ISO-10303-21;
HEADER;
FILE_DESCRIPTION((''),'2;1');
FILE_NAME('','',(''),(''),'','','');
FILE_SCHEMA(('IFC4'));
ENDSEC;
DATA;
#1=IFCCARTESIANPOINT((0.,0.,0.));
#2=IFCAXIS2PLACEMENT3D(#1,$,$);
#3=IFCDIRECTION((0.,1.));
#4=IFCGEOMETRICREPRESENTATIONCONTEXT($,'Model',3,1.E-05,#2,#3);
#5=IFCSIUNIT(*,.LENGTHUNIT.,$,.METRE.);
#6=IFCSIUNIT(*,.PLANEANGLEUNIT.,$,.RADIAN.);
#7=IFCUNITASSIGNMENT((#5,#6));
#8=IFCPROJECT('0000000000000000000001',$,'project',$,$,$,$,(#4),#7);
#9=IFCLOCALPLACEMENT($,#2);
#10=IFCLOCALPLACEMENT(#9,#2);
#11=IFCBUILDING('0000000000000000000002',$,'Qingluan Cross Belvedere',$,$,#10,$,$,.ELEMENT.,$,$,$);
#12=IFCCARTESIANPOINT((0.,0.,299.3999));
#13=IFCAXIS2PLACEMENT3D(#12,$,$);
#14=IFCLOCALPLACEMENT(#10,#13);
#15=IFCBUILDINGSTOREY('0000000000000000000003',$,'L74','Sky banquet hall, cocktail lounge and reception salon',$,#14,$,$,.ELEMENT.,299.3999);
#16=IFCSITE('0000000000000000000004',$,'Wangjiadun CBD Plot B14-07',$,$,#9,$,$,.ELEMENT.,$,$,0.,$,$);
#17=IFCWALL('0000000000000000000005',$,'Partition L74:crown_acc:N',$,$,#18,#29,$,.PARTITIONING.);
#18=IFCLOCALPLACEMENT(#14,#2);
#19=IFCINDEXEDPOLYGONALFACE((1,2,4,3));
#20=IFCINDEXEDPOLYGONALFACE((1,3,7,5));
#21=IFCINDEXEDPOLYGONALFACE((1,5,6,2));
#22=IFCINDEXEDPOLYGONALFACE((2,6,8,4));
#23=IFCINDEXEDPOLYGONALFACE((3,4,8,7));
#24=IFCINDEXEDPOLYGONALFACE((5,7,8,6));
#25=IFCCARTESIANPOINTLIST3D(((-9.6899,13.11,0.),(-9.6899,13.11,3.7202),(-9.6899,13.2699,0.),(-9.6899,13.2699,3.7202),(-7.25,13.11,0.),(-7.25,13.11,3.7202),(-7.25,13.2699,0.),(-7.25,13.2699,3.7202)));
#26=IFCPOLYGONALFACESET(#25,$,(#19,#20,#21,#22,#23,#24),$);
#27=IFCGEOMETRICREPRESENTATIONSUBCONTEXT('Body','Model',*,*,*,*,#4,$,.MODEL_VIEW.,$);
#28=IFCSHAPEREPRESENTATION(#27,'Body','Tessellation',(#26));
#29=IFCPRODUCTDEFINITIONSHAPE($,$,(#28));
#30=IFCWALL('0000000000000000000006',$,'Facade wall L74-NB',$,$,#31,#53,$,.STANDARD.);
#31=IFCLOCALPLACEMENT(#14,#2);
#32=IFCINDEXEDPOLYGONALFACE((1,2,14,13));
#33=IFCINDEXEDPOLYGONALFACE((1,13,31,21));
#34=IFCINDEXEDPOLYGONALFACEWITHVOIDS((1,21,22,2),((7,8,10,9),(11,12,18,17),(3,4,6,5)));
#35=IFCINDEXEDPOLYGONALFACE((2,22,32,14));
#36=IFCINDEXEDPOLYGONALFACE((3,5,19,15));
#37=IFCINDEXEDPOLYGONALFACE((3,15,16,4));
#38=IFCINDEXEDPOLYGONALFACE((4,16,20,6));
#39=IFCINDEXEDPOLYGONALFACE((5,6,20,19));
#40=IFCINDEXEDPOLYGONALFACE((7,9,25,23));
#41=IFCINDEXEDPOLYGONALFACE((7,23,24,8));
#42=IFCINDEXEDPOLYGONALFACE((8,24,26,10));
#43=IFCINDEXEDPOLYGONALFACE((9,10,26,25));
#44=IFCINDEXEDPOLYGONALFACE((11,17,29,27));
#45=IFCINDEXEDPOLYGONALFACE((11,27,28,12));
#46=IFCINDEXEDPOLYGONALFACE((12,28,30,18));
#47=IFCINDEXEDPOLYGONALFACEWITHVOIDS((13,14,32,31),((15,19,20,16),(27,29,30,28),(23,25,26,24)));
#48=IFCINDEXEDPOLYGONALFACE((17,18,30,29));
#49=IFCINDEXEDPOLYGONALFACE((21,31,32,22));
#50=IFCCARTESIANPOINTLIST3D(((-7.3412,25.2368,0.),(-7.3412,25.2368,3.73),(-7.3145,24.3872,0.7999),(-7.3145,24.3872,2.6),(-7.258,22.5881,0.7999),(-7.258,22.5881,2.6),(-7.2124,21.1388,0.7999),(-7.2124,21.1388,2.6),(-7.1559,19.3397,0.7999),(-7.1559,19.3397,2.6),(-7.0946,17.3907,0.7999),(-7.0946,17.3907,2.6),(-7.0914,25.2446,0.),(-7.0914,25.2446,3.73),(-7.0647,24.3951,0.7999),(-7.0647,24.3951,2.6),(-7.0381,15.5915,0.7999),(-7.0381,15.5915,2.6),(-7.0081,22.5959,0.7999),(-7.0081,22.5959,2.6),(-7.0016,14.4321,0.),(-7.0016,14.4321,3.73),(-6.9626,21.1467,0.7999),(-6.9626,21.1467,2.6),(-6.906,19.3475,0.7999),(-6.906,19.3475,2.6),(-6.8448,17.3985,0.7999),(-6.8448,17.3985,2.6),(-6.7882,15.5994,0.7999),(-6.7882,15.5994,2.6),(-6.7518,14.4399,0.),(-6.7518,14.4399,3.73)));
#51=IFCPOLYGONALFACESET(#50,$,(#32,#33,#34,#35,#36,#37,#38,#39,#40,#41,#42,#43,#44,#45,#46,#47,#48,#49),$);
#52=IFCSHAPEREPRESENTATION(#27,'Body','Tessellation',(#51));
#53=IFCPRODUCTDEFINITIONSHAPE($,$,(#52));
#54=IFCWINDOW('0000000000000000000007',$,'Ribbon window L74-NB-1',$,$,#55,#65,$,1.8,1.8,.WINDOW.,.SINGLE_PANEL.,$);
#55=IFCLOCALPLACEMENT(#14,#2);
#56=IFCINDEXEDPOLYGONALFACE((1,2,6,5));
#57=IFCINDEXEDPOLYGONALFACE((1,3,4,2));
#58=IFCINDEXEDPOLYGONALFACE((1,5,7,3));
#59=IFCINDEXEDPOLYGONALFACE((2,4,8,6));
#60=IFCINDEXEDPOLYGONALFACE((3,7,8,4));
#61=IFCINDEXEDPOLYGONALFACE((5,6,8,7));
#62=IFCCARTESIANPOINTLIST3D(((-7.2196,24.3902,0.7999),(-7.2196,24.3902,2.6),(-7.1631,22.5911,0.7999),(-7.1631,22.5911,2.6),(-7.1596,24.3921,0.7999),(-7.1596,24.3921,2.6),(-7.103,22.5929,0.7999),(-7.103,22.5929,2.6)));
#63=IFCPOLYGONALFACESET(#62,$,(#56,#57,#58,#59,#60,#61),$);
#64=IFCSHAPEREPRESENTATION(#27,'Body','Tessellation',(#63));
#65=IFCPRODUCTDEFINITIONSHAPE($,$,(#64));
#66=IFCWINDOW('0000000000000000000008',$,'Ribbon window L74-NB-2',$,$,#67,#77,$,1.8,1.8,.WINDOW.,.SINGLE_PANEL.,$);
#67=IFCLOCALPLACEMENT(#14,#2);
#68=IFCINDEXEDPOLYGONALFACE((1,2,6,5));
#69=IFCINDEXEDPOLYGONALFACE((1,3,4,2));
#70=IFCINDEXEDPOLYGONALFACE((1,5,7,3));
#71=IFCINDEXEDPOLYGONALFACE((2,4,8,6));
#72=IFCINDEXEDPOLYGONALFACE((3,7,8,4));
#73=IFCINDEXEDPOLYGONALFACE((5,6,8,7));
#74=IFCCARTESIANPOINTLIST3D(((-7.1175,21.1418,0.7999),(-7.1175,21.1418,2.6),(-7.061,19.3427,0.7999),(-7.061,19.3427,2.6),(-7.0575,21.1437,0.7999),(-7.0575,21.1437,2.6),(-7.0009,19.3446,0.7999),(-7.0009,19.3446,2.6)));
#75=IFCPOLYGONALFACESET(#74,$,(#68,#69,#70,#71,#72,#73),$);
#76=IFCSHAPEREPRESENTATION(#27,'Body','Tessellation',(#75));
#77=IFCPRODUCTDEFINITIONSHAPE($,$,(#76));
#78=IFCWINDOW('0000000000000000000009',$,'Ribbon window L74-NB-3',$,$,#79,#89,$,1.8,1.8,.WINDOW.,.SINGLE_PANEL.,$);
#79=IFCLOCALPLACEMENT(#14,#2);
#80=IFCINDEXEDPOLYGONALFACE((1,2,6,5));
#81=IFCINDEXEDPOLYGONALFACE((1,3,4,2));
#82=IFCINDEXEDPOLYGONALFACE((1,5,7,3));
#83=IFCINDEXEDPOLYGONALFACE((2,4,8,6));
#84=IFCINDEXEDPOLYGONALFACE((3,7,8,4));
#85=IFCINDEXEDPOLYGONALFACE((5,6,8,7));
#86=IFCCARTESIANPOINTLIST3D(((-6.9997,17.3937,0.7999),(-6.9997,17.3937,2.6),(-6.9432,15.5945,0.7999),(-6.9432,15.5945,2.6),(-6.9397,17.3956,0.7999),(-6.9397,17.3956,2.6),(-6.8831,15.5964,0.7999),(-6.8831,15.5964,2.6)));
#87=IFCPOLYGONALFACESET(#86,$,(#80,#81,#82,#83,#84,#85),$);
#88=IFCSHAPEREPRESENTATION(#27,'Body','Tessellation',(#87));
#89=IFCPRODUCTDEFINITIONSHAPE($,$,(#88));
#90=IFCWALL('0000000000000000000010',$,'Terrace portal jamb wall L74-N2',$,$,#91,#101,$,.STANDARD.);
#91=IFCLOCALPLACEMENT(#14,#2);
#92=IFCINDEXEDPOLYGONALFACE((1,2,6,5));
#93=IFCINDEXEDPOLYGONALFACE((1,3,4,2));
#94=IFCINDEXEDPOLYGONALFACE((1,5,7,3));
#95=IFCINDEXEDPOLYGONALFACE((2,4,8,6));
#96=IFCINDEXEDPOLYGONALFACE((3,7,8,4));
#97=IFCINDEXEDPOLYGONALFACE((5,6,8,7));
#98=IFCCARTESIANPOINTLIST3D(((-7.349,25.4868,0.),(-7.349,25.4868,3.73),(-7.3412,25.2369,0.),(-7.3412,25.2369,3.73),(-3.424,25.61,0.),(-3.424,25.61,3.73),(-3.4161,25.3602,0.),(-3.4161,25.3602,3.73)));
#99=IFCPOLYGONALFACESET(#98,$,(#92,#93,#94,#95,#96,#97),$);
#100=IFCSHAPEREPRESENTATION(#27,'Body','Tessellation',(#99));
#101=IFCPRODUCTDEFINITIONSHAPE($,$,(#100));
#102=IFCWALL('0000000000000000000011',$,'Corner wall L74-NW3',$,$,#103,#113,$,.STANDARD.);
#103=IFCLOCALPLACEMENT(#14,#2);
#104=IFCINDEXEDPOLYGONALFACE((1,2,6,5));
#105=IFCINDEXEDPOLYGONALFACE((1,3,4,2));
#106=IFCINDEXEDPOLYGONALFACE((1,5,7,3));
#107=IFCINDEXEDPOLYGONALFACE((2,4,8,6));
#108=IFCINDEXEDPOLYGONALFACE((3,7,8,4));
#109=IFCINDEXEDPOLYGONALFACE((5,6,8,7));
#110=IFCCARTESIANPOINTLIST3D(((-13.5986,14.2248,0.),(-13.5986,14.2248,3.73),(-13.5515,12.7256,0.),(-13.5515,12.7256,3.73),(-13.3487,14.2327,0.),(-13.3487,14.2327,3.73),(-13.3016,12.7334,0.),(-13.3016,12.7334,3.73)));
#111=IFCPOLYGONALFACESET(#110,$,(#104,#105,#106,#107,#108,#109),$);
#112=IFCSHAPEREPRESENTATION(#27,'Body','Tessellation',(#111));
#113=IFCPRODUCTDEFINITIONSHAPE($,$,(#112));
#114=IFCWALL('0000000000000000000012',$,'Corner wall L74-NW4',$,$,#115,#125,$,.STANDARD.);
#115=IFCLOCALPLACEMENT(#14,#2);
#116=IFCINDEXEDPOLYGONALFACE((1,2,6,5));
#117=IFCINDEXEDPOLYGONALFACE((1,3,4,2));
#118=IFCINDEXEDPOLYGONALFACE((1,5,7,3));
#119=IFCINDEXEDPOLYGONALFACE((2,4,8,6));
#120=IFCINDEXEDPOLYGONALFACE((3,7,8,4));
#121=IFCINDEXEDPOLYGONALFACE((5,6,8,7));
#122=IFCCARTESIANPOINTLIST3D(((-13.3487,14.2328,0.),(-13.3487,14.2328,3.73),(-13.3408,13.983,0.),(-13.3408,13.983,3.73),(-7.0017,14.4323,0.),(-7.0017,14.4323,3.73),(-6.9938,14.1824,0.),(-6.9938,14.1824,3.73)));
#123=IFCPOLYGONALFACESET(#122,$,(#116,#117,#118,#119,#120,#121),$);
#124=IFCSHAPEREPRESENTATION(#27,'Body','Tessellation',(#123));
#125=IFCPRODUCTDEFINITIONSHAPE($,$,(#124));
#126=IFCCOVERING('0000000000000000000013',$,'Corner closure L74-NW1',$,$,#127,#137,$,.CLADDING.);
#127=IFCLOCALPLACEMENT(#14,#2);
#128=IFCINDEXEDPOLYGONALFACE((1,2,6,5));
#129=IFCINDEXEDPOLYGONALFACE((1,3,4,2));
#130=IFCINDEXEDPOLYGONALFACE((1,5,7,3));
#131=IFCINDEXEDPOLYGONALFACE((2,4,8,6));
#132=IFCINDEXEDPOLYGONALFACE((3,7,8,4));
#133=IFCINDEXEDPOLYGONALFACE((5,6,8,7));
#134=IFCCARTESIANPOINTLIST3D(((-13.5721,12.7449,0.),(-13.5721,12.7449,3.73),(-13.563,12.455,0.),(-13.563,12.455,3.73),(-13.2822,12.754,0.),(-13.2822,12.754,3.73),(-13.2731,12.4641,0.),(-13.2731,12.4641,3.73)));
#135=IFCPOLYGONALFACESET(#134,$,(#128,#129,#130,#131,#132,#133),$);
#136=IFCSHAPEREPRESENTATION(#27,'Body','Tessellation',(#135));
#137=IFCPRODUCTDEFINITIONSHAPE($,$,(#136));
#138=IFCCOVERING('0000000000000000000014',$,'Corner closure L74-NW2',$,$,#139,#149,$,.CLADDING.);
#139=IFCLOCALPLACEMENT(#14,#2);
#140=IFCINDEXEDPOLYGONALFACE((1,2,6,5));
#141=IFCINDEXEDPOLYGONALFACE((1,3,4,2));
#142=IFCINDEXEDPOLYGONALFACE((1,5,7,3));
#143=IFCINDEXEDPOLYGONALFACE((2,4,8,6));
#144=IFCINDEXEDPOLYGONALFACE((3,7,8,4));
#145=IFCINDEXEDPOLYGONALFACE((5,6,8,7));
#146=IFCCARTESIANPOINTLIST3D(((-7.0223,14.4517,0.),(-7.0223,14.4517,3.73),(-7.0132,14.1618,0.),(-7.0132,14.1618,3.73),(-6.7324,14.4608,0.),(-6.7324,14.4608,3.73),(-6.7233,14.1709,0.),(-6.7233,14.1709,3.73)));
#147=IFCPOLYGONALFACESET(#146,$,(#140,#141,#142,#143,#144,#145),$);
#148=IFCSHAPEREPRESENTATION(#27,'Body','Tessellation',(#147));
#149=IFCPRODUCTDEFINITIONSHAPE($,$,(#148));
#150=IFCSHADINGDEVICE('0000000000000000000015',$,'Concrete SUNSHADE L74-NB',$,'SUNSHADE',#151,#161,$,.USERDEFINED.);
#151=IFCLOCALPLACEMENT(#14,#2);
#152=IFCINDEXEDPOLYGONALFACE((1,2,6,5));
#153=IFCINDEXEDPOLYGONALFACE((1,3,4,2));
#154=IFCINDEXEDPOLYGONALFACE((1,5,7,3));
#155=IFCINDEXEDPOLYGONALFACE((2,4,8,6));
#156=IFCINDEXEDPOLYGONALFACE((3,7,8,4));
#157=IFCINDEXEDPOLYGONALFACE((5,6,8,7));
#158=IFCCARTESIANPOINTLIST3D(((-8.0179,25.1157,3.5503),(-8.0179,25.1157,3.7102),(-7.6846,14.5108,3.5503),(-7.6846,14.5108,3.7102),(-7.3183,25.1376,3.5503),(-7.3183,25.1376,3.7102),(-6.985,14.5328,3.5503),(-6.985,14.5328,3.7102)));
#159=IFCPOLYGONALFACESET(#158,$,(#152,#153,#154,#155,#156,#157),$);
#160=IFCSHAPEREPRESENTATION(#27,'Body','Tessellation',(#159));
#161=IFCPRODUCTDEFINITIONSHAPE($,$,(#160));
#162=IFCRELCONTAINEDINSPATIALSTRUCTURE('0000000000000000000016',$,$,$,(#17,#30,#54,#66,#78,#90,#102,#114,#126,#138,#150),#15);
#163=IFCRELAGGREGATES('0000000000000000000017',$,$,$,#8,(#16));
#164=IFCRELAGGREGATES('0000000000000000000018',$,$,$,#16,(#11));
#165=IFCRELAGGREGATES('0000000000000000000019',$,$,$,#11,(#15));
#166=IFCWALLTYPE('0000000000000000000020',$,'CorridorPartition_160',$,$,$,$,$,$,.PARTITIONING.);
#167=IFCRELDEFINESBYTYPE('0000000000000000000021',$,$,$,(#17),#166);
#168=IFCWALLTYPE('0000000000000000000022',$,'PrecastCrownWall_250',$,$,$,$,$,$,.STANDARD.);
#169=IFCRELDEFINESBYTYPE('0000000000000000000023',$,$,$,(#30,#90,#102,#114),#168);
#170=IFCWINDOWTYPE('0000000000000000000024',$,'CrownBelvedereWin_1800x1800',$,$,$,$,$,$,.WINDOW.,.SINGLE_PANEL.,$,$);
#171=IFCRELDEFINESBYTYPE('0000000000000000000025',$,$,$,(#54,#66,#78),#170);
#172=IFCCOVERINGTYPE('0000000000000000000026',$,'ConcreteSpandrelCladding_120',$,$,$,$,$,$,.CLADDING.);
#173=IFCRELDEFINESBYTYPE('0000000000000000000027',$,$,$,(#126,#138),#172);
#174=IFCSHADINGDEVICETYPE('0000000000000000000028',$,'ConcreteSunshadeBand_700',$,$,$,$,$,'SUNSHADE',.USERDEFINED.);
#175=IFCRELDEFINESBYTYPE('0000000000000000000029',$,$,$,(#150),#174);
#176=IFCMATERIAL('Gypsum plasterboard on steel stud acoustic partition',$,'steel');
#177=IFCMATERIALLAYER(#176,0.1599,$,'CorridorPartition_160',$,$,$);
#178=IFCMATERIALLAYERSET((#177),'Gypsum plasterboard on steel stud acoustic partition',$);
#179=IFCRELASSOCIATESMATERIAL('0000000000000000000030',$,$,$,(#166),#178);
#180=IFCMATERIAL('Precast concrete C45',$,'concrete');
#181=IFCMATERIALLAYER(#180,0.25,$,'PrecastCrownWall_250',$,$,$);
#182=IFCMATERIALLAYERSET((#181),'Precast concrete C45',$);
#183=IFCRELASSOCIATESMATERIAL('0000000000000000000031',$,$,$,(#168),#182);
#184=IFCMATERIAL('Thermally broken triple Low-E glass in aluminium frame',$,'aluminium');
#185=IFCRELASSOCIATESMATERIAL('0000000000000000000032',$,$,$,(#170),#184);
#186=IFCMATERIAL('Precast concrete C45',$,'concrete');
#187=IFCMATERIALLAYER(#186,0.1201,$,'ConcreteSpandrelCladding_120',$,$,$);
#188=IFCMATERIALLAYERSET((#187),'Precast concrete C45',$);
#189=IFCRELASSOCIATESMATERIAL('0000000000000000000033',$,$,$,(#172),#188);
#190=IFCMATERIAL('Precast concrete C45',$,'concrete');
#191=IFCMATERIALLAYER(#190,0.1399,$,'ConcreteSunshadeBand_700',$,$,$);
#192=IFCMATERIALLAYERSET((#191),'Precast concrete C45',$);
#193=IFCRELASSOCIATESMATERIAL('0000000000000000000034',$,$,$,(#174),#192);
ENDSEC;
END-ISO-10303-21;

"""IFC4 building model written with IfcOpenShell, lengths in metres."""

from ifc_helpers import new_model, si_unit, direction, frame, frame_2d, origin, origin_2d, place, context, subcontext, project, spatial, rectangle, extrude, material, layer, layer_set, type_object, element, fill, save


model = new_model("IFC4")

# Units and contexts
model_context = context("Model", 3, precision=1e-05, world=origin(), true_north=direction((0.0, 1.0)))
body_context = subcontext(model_context, "Body", "Model", "MODEL_VIEW")
ifc_project = project(units=[si_unit("LENGTHUNIT", "METRE"), si_unit("PLANEANGLEUNIT", "RADIAN")], contexts=[model_context])

# Site, building, storey
site_placement = place(None, origin())
site = spatial("IfcSite", under=ifc_project, at=site_placement, Name="Wangjiadun CBD Plot B14-07", CompositionType="ELEMENT", RefElevation=0.0)
building_placement = place(site_placement, origin())
building = spatial("IfcBuilding", under=site, at=building_placement, Name="Qingluan Cross Belvedere", CompositionType="ELEMENT")
storey_placement = place(building_placement, frame((0.0, 0.0, 299.3999)))
storey = spatial("IfcBuildingStorey", under=building, at=storey_placement, Name="L74", Description="Sky banquet hall, cocktail lounge and reception salon", CompositionType="ELEMENT", Elevation=299.3999)

# Wall
ifc_material_1 = material(Name="Gypsum plasterboard on steel stud acoustic partition", Category="steel")
ifc_layer_1 = layer(ifc_material_1, 0.1599, Name="CorridorPartition_160")
ifc_layer_set_1 = layer_set([ifc_layer_1], Name="Gypsum plasterboard on steel stud acoustic partition")
wall_type_1 = type_object("IfcWallType", Name="CorridorPartition_160", PredefinedType="PARTITIONING", material=ifc_layer_set_1)
wall_1_placement = place(storey_placement, frame((-9.6899, 13.1899, 0.0), z_axis=(0.0, 0.0, 1.0), x_axis=(1.0, 0.0, 0.0)))
element("IfcWall", 1, at=wall_1_placement, inside=storey, type_object=wall_type_1, Name="Partition L74:crown_acc:N", PredefinedType="PARTITIONING", context=body_context, shape_type="SweptSolid", body=[
    extrude(rectangle(XDim=2.4399, YDim=0.1599, at=frame_2d((1.22, 0.0))), origin(), (0.0, 0.0, 1.0), 3.7202),
])

# Wall, openings, windows
ifc_material_2 = material(Name="Precast concrete C45", Category="concrete")
ifc_layer_2 = layer(ifc_material_2, 0.25, Name="PrecastCrownWall_250")
ifc_layer_set_2 = layer_set([ifc_layer_2], Name="Precast concrete C45")
wall_type_2 = type_object("IfcWallType", Name="PrecastCrownWall_250", PredefinedType="STANDARD", material=ifc_layer_set_2)
wall_2_placement = place(storey_placement, frame((-7.2163, 25.2407, 0.0), z_axis=(0.0, 0.0, 1.0), x_axis=(0.031415, -0.999506, 0.0)))
wall_2 = element("IfcWall", 2, at=wall_2_placement, inside=storey, type_object=wall_type_2, Name="Facade wall L74-NB", PredefinedType="STANDARD", context=body_context, shape_type="SweptSolid", body=[
    extrude(rectangle(XDim=10.8101, YDim=0.25, at=frame_2d((5.405, 0.0))), origin(), (0.0, 0.0, 1.0), 3.73),
])
opening_1_placement = place(wall_2_placement, frame((0.8501, 0.0, 0.8)))
opening_1 = element("IfcOpeningElement", 3, at=opening_1_placement, cuts=wall_2, PredefinedType="OPENING", context=body_context, shape_type="SweptSolid", body=[
    extrude(rectangle(XDim=1.8, YDim=1.8, at=frame_2d((0.8999, 0.8999))), frame((0.0, 0.135, 0.0), z_axis=(0.0, -1.0, 0.0), x_axis=(1.0, 0.0, 0.0)), (0.0, 0.0, 1.0), 0.27),
])
opening_2_placement = place(wall_2_placement, frame((4.1001, 0.0, 0.8)))
opening_2 = element("IfcOpeningElement", 4, at=opening_2_placement, cuts=wall_2, PredefinedType="OPENING", context=body_context, shape_type="SweptSolid", body=[
    extrude(rectangle(XDim=1.8, YDim=1.8, at=frame_2d((0.8999, 0.8999))), frame((0.0, 0.135, 0.0), z_axis=(0.0, -1.0, 0.0), x_axis=(1.0, 0.0, 0.0)), (0.0, 0.0, 1.0), 0.27),
])
opening_3_placement = place(wall_2_placement, frame((7.8501, 0.0, 0.8)))
opening_3 = element("IfcOpeningElement", 5, at=opening_3_placement, cuts=wall_2, PredefinedType="OPENING", context=body_context, shape_type="SweptSolid", body=[
    extrude(rectangle(XDim=1.8, YDim=1.8, at=frame_2d((0.8999, 0.8999))), frame((0.0, 0.135, 0.0), z_axis=(0.0, -1.0, 0.0), x_axis=(1.0, 0.0, 0.0)), (0.0, 0.0, 1.0), 0.27),
])
ifc_material_3 = material(Name="Thermally broken triple Low-E glass in aluminium frame", Category="aluminium")
window_type = type_object("IfcWindowType", Name="CrownBelvedereWin_1800x1800", PartitioningType="SINGLE_PANEL", PredefinedType="WINDOW", material=ifc_material_3)
window_1_placement = place(opening_1_placement, origin())
window_1 = element("IfcWindow", 6, at=window_1_placement, inside=storey, type_object=window_type, Name="Ribbon window L74-NB-1", OverallHeight=1.8, OverallWidth=1.8, PartitioningType="SINGLE_PANEL", PredefinedType="WINDOW", context=body_context, shape_type="SweptSolid", body=[
    extrude(rectangle(XDim=1.8, YDim=1.8, at=frame_2d((0.8999, 0.8999))), frame((0.0, 0.03, 0.0), z_axis=(0.0, -1.0, 0.0), x_axis=(1.0, 0.0, 0.0)), (0.0, 0.0, 1.0), 0.0601),
])
fill(opening_1, window_1)
window_2_placement = place(opening_2_placement, origin())
window_2 = element("IfcWindow", 7, at=window_2_placement, inside=storey, type_object=window_type, Name="Ribbon window L74-NB-2", OverallHeight=1.8, OverallWidth=1.8, PartitioningType="SINGLE_PANEL", PredefinedType="WINDOW", context=body_context, shape_type="SweptSolid", body=[
    extrude(rectangle(XDim=1.8, YDim=1.8, at=frame_2d((0.8999, 0.8999))), frame((0.0, 0.03, 0.0), z_axis=(0.0, -1.0, 0.0), x_axis=(1.0, 0.0, 0.0)), (0.0, 0.0, 1.0), 0.0601),
])
fill(opening_2, window_2)
window_3_placement = place(opening_3_placement, origin())
window_3 = element("IfcWindow", 8, at=window_3_placement, inside=storey, type_object=window_type, Name="Ribbon window L74-NB-3", OverallHeight=1.8, OverallWidth=1.8, PartitioningType="SINGLE_PANEL", PredefinedType="WINDOW", context=body_context, shape_type="SweptSolid", body=[
    extrude(rectangle(XDim=1.8, YDim=1.8, at=frame_2d((0.8999, 0.8999))), frame((0.0, 0.03, 0.0), z_axis=(0.0, -1.0, 0.0), x_axis=(1.0, 0.0, 0.0)), (0.0, 0.0, 1.0), 0.0601),
])
fill(opening_3, window_3)

# Walls
wall_3_placement = place(storey_placement, frame((-3.4202, 25.4851, 0.0), z_axis=(0.0, 0.0, 1.0), x_axis=(-0.999507, -0.031396, 0.0)))
element("IfcWall", 9, at=wall_3_placement, inside=storey, type_object=wall_type_2, Name="Terrace portal jamb wall L74-N2", PredefinedType="STANDARD", context=body_context, shape_type="SweptSolid", body=[
    extrude(rectangle(XDim=3.927, YDim=0.25, at=frame_2d((1.9634, 0.0))), origin(), (0.0, 0.0, 1.0), 3.73),
])
wall_4_placement = place(storey_placement, frame((-13.4265, 12.7295, 0.0), z_axis=(0.0, 0.0, 1.0), x_axis=(-0.031413, 0.999507, 0.0)))
element("IfcWall", 10, at=wall_4_placement, inside=storey, type_object=wall_type_2, Name="Corner wall L74-NW3", PredefinedType="STANDARD", context=body_context, shape_type="SweptSolid", body=[
    extrude(rectangle(XDim=1.5, YDim=0.25, at=frame_2d((0.75, 0.0))), origin(), (0.0, 0.0, 1.0), 3.73),
])
wall_5_placement = place(storey_placement, frame((-13.3447, 14.1079, 0.0), z_axis=(0.0, 0.0, 1.0), x_axis=(0.999507, 0.031411, 0.0)))
element("IfcWall", 11, at=wall_5_placement, inside=storey, type_object=wall_type_2, Name="Corner wall L74-NW4", PredefinedType="STANDARD", context=body_context, shape_type="SweptSolid", body=[
    extrude(rectangle(XDim=6.3501, YDim=0.25, at=frame_2d((3.175, 0.0))), origin(), (0.0, 0.0, 1.0), 3.73),
])

# Coverings
ifc_material_4 = material(Name="Precast concrete C45", Category="concrete")
ifc_layer_3 = layer(ifc_material_4, 0.1201, Name="ConcreteSpandrelCladding_120")
ifc_layer_set_3 = layer_set([ifc_layer_3], Name="Precast concrete C45")
covering_type_1 = type_object("IfcCoveringType", Name="ConcreteSpandrelCladding_120", PredefinedType="CLADDING", material=ifc_layer_set_3)
for number, where, z_axis, x_axis, name in (
    (12, (-13.4226, 12.6045, 0.0), (0.0, 0.0, 1.0), (0.999507, 0.031411, 0.0), "Corner closure L74-NW1"),
    (13, (-6.8728, 14.3113, 0.0), (0.0, 0.0, 1.0), (0.999507, 0.031411, 0.0), "Corner closure L74-NW2"),
):
    element("IfcCovering", number, at=place(storey_placement, frame(where, z_axis=z_axis, x_axis=x_axis)), inside=storey, type_object=covering_type_1, Name=name, PredefinedType="CLADDING", context=body_context, shape_type="SweptSolid", body=[
        extrude(rectangle(XDim=0.29, YDim=0.29, at=origin_2d()), origin(), (0.0, 0.0, 1.0), 3.73),
    ])

# Shading device
ifc_material_5 = material(Name="Precast concrete C45", Category="concrete")
ifc_layer_4 = layer(ifc_material_5, 0.1399, Name="ConcreteSunshadeBand_700")
ifc_layer_set_4 = layer_set([ifc_layer_4], Name="Precast concrete C45")
shading_device_type = type_object("IfcShadingDeviceType", Name="ConcreteSunshadeBand_700", ElementType="SUNSHADE", PredefinedType="USERDEFINED", material=ifc_layer_set_4)
shading_device_placement = place(storey_placement, frame((-7.5015, 19.8242, 3.5503), z_axis=(0.0, 0.0, 1.0), x_axis=(0.031415, -0.999506, 0.0)))
element("IfcShadingDevice", 14, at=shading_device_placement, inside=storey, type_object=shading_device_type, Name="Concrete SUNSHADE L74-NB", ObjectType="SUNSHADE", PredefinedType="USERDEFINED", context=body_context, shape_type="SweptSolid", body=[
    extrude(rectangle(XDim=10.6101, YDim=0.7, at=origin_2d()), origin(), (0.0, 0.0, 1.0), 0.1599),
])

save(model, "model.ifc")
